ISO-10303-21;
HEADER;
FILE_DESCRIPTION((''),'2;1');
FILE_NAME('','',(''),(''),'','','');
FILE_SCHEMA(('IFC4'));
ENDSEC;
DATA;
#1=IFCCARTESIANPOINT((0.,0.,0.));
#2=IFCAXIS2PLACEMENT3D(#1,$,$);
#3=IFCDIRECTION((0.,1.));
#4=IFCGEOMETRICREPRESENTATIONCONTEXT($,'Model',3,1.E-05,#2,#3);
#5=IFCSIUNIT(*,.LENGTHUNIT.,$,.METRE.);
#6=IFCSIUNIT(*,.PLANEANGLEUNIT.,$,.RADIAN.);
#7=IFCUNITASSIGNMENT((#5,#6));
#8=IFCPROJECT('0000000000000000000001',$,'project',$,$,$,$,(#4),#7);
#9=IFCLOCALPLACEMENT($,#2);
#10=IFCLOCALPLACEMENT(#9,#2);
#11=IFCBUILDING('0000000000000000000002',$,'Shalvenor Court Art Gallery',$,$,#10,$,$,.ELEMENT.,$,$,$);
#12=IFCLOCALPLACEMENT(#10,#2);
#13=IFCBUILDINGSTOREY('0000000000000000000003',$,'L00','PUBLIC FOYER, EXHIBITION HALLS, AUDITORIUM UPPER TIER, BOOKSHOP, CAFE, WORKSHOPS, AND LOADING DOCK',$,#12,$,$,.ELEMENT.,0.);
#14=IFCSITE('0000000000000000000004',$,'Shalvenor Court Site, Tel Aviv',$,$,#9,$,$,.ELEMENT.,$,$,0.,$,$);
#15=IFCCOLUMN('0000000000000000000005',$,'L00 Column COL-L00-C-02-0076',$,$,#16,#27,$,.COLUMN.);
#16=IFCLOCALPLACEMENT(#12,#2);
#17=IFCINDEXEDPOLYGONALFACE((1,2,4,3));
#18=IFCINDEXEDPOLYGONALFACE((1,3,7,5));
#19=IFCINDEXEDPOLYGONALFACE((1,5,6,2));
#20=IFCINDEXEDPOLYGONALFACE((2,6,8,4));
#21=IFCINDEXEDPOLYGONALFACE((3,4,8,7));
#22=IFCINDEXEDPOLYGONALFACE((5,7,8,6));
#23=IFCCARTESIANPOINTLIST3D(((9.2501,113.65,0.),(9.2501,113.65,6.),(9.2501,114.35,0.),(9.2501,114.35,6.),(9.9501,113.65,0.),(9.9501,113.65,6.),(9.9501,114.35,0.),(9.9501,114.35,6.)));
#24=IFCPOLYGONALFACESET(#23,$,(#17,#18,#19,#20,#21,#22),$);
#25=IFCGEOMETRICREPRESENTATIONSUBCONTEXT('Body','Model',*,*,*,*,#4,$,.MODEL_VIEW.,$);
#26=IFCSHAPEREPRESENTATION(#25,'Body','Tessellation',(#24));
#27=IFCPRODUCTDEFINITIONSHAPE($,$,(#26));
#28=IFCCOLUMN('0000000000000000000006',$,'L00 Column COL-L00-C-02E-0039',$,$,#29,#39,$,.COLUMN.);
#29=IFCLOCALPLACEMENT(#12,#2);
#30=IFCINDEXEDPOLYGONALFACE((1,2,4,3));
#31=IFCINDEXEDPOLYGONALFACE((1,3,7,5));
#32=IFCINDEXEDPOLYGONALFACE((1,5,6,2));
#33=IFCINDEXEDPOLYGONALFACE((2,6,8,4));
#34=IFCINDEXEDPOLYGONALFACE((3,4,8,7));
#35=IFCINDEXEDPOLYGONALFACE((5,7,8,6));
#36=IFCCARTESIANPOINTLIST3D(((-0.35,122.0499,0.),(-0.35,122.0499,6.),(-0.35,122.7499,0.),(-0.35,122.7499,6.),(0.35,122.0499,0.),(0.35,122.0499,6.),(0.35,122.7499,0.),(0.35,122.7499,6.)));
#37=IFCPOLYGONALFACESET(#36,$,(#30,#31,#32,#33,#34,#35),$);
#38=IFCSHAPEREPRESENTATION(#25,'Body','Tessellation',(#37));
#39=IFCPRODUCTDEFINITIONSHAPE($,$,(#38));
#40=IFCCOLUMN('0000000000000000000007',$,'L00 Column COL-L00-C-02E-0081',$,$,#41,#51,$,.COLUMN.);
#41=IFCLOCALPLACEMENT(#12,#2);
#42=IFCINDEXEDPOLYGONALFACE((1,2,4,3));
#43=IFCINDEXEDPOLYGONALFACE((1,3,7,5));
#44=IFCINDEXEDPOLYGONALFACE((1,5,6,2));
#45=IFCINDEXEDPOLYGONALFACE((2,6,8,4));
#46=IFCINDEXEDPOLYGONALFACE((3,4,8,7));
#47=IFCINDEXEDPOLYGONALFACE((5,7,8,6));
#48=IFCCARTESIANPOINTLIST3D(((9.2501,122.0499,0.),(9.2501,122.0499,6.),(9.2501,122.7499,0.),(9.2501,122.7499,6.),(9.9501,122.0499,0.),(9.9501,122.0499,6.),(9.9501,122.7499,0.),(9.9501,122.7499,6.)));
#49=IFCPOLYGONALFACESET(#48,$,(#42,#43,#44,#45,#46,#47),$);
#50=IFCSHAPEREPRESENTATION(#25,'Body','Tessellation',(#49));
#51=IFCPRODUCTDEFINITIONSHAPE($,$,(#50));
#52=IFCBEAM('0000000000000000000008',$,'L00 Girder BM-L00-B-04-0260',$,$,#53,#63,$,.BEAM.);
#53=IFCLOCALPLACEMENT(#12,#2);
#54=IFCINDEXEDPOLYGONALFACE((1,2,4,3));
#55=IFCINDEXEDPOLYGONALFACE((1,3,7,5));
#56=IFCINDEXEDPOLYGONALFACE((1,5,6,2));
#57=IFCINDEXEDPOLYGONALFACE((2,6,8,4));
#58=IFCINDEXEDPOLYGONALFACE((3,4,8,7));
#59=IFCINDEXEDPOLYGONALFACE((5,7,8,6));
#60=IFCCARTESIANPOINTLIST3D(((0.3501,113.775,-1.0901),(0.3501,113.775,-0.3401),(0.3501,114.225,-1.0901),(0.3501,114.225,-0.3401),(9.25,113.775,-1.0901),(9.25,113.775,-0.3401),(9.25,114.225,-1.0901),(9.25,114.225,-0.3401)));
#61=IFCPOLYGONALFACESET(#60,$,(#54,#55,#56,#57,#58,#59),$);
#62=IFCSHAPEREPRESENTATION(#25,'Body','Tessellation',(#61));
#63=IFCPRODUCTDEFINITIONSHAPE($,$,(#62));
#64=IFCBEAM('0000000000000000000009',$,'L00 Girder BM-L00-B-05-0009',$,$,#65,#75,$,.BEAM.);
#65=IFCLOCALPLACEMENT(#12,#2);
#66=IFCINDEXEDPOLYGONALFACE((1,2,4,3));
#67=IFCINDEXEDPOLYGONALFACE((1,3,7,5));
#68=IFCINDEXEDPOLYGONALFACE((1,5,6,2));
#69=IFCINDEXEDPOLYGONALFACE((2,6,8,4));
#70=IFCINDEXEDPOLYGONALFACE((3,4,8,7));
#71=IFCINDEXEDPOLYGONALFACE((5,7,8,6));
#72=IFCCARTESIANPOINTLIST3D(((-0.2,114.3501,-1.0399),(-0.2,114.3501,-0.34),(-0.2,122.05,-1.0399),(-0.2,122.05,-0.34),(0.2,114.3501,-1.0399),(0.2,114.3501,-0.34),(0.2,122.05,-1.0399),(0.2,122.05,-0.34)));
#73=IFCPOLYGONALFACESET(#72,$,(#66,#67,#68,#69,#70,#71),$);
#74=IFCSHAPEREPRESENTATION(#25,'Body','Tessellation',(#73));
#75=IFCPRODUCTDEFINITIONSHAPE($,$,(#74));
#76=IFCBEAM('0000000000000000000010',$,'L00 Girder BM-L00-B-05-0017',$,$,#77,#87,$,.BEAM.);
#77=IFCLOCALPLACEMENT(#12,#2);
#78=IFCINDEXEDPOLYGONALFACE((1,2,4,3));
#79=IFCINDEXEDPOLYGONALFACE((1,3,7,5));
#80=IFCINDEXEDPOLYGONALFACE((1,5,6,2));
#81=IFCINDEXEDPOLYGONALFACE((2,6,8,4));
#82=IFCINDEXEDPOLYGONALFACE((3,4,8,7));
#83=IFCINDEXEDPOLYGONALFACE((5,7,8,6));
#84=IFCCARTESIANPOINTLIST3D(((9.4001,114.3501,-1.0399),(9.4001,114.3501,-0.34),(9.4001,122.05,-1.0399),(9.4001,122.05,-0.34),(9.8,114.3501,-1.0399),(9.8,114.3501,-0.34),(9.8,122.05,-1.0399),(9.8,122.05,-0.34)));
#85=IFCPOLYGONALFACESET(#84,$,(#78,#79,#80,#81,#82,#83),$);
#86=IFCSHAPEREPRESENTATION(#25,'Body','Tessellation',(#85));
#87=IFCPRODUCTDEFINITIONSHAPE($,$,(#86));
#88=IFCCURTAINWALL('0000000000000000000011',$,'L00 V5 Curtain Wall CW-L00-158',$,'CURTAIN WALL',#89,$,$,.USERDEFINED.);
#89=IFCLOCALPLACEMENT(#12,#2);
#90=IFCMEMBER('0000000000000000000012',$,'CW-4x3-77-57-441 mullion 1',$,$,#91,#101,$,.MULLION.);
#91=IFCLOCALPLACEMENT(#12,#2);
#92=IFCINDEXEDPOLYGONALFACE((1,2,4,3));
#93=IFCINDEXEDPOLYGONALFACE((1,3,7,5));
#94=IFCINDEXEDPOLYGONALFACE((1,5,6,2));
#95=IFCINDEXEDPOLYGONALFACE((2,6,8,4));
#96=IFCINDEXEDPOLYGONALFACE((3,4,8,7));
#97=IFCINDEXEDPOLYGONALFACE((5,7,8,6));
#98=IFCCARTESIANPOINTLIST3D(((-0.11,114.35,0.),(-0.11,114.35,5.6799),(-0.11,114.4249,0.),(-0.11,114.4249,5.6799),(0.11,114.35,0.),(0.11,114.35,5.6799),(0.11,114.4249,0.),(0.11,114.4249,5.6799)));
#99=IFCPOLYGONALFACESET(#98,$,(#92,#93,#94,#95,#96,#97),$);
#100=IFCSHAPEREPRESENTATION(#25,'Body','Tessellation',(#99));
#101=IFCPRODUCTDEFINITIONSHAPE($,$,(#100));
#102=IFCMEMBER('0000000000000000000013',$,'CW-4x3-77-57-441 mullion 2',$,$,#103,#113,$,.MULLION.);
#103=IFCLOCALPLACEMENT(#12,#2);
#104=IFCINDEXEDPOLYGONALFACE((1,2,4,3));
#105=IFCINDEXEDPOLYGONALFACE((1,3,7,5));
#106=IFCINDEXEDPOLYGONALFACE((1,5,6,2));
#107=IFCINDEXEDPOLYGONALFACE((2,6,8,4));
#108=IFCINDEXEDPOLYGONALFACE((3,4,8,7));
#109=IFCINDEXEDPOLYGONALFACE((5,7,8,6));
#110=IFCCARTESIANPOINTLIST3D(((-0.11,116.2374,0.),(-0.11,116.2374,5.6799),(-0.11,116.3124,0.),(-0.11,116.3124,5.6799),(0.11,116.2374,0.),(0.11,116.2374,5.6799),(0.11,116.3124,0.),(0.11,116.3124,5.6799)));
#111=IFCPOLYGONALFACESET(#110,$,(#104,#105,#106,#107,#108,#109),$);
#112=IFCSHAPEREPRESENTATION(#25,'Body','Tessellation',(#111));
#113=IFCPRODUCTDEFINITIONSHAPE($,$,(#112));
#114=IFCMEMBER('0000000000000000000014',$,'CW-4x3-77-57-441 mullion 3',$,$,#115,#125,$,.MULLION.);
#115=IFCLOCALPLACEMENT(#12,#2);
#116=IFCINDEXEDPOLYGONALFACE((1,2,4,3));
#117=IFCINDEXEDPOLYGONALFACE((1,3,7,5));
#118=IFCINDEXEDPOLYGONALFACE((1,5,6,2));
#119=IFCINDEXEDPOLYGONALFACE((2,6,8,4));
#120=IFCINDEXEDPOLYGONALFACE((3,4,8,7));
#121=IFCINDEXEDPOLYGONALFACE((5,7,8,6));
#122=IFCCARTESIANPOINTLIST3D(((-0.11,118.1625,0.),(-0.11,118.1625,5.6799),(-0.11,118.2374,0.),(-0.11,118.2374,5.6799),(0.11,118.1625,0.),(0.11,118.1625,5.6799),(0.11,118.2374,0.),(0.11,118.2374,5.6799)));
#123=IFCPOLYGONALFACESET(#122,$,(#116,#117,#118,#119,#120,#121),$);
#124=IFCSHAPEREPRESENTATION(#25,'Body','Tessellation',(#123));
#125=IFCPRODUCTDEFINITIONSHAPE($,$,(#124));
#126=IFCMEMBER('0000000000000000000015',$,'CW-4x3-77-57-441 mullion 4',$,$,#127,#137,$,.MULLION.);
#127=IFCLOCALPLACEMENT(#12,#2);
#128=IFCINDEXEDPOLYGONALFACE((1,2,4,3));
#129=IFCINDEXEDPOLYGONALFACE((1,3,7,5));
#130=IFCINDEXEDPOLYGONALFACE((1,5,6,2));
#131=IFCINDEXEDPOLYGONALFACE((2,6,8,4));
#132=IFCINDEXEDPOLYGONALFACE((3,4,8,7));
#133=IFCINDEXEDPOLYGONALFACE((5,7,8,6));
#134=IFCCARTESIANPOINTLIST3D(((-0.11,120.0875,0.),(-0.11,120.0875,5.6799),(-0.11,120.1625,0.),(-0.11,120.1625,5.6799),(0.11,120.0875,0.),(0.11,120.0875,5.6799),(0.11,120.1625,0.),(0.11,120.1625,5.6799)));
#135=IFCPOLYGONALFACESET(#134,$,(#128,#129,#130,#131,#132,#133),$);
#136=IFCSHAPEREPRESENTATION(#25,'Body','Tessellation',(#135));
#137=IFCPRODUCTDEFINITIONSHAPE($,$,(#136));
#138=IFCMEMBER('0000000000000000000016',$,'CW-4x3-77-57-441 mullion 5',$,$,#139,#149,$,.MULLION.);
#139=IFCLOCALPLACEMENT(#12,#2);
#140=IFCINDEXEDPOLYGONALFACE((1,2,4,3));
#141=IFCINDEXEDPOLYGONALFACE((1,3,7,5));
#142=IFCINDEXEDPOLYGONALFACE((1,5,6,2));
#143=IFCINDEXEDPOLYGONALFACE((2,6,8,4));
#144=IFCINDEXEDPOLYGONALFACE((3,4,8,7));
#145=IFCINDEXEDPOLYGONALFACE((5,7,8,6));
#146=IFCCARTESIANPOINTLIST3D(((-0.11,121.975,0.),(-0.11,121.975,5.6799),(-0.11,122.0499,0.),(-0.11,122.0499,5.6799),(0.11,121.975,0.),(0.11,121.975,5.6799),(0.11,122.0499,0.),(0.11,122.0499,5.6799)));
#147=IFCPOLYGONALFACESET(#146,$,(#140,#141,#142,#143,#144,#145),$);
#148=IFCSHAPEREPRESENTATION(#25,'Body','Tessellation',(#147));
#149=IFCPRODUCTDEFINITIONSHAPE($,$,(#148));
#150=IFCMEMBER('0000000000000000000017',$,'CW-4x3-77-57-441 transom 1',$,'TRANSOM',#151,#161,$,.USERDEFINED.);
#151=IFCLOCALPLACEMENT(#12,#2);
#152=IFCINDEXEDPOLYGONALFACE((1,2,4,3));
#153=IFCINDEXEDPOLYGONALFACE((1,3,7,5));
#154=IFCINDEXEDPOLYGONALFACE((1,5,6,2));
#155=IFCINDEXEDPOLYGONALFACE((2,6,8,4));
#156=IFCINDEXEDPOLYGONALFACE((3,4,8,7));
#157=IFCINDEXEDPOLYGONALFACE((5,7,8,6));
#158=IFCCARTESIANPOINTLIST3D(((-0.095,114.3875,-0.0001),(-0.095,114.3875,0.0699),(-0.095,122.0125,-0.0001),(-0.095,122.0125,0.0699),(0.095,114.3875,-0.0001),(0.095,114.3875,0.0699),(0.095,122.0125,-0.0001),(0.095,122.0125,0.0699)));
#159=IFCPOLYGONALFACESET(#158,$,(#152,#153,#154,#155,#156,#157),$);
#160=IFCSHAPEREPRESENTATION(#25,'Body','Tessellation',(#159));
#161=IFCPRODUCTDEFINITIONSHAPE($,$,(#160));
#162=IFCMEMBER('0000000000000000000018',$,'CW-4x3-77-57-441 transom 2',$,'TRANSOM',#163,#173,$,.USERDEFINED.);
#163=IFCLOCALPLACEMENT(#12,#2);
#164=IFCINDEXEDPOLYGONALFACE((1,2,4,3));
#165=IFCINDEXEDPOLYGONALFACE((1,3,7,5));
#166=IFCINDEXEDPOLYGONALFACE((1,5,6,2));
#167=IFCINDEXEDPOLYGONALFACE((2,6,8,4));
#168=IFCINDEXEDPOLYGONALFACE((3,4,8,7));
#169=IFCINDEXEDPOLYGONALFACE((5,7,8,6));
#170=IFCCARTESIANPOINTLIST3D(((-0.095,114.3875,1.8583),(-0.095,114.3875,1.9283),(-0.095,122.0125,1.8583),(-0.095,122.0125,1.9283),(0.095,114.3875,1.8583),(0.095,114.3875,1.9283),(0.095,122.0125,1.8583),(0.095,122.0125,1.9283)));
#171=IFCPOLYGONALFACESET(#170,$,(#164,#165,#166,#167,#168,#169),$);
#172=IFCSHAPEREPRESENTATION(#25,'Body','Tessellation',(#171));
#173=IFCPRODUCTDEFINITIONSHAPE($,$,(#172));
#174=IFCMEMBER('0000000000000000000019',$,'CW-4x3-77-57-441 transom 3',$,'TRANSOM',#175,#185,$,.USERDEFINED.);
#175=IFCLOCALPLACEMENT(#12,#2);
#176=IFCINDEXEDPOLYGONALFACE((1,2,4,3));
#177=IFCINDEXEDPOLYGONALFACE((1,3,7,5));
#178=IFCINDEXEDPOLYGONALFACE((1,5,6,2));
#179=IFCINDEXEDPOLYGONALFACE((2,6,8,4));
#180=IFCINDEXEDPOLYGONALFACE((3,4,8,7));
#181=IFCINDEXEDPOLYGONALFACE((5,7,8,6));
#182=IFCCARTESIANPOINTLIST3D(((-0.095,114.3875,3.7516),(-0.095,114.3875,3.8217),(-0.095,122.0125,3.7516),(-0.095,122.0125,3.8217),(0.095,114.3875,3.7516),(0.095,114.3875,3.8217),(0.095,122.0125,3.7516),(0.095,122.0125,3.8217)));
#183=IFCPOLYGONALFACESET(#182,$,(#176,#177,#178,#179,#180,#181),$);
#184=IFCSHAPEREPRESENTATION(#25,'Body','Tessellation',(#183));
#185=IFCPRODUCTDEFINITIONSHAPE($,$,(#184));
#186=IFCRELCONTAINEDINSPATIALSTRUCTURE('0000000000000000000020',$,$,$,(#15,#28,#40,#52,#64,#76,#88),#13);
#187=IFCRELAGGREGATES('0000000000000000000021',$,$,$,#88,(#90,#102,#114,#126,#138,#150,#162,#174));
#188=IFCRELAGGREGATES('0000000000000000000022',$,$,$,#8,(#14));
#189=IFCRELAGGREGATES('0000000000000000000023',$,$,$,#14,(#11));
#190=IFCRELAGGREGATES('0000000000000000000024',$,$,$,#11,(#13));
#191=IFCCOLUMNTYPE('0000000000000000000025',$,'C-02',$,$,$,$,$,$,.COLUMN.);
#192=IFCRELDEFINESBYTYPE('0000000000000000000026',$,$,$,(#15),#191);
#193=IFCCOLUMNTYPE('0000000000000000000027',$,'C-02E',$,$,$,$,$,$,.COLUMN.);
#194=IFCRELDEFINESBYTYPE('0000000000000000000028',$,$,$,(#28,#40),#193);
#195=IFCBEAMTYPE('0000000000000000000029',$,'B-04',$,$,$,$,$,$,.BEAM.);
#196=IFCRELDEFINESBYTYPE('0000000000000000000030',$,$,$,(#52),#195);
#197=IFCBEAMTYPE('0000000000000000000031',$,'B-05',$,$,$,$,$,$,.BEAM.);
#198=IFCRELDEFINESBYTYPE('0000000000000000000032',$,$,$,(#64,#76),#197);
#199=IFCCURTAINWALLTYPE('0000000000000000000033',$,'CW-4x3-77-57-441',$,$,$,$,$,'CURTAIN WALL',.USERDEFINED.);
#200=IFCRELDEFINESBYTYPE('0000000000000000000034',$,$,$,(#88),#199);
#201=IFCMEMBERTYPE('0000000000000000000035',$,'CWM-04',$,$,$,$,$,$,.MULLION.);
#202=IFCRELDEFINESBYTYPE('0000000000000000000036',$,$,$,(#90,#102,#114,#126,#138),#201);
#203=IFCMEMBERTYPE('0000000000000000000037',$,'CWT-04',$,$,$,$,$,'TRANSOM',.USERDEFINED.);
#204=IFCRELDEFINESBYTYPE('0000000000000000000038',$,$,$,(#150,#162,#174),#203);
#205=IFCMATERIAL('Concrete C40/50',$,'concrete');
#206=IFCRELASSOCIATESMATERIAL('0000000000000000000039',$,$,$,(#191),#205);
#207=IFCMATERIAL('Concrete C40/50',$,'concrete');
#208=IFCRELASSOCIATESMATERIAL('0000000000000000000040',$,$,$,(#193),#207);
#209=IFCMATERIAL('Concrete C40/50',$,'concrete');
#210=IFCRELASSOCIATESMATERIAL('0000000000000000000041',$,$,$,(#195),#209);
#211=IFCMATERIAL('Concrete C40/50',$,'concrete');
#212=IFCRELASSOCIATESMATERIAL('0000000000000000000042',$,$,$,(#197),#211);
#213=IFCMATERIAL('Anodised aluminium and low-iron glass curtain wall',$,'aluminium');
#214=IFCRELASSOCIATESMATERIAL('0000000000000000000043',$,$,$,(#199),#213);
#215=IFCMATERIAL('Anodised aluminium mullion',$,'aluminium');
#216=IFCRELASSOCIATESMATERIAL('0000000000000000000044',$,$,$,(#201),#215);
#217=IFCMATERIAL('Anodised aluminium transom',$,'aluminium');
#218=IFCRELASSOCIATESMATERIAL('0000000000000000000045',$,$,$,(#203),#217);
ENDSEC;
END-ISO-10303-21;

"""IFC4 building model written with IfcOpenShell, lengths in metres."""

from ifc_helpers import new_model, si_unit, direction, frame, origin, origin_2d, place, context, subcontext, project, spatial, rectangle, extrude, material, material_profile, profile_set, type_object, element, aggregate, save


model = new_model("IFC4")

# Units and contexts
model_context = context("Model", 3, precision=1e-05, world=origin(), true_north=direction((0.0, 1.0)))
body_context = subcontext(model_context, "Body", "Model", "MODEL_VIEW")
ifc_project = project(units=[si_unit("LENGTHUNIT", "METRE"), si_unit("PLANEANGLEUNIT", "RADIAN")], contexts=[model_context])

# Site, building, storey
site_placement = place(None, origin())
site = spatial("IfcSite", under=ifc_project, at=site_placement, Name="Shalvenor Court Site, Tel Aviv", CompositionType="ELEMENT", RefElevation=0.0)
building_placement = place(site_placement, origin())
building = spatial("IfcBuilding", under=site, at=building_placement, Name="Shalvenor Court Art Gallery", CompositionType="ELEMENT")
storey_placement = place(building_placement, origin())
storey = spatial("IfcBuildingStorey", under=building, at=storey_placement, Name="L00", Description="PUBLIC FOYER, EXHIBITION HALLS, AUDITORIUM UPPER TIER, BOOKSHOP, CAFE, WORKSHOPS, AND LOADING DOCK", CompositionType="ELEMENT", Elevation=0.0)

# Columns
ifc_material_1 = material(Name="Concrete C40/50", Category="concrete")
ifc_material_profile_1 = material_profile(ifc_material_1, rectangle(XDim=0.7, YDim=0.7, at=origin_2d()), Name="RC 700x700")
ifc_profile_set_1 = profile_set([ifc_material_profile_1], Name="Concrete C40/50")
column_type_1 = type_object("IfcColumnType", Name="C-02", PredefinedType="COLUMN", material=ifc_profile_set_1)
column_placement = place(storey_placement, frame((9.6001, 114.0, 0.0), z_axis=(0.0, 0.0, 1.0), x_axis=(1.0, 0.0, 0.0)))
element("IfcColumn", 1, at=column_placement, inside=storey, type_object=column_type_1, Name="L00 Column COL-L00-C-02-0076", PredefinedType="COLUMN", context=body_context, shape_type="SweptSolid", body=[
    extrude(rectangle(XDim=0.7, YDim=0.7, at=origin_2d()), origin(), (0.0, 0.0, 1.0), 6.0),
])
ifc_material_2 = material(Name="Concrete C40/50", Category="concrete")
ifc_material_profile_2 = material_profile(ifc_material_2, rectangle(XDim=0.7, YDim=0.7, at=origin_2d()), Name="RC 700x700")
ifc_profile_set_2 = profile_set([ifc_material_profile_2], Name="Concrete C40/50")
column_type_2 = type_object("IfcColumnType", Name="C-02E", PredefinedType="COLUMN", material=ifc_profile_set_2)
for number, where, z_axis, x_axis, name in (
    (2, (0.0, 122.3999, 0.0), (0.0, 0.0, 1.0), (1.0, 0.0, 0.0), "L00 Column COL-L00-C-02E-0039"),
    (3, (9.6001, 122.3999, 0.0), (0.0, 0.0, 1.0), (1.0, 0.0, 0.0), "L00 Column COL-L00-C-02E-0081"),
):
    element("IfcColumn", number, at=place(storey_placement, frame(where, z_axis=z_axis, x_axis=x_axis)), inside=storey, type_object=column_type_2, Name=name, PredefinedType="COLUMN", context=body_context, shape_type="SweptSolid", body=[
        extrude(rectangle(XDim=0.7, YDim=0.7, at=origin_2d()), origin(), (0.0, 0.0, 1.0), 6.0),
    ])

# Beams
ifc_material_3 = material(Name="Concrete C40/50", Category="concrete")
ifc_material_profile_3 = material_profile(ifc_material_3, rectangle(XDim=0.45, YDim=0.75, at=origin_2d()), Name="RC 450x750")
ifc_profile_set_3 = profile_set([ifc_material_profile_3], Name="Concrete C40/50")
beam_type_1 = type_object("IfcBeamType", Name="B-04", PredefinedType="BEAM", material=ifc_profile_set_3)
beam_1_placement = place(storey_placement, frame((0.3501, 114.0, -0.7151), z_axis=(1.0, 0.0, 0.0), x_axis=(0.0, 1.0, 0.0)))
element("IfcBeam", 4, at=beam_1_placement, inside=storey, type_object=beam_type_1, Name="L00 Girder BM-L00-B-04-0260", PredefinedType="BEAM", context=body_context, shape_type="SweptSolid", body=[
    extrude(rectangle(XDim=0.45, YDim=0.75, at=origin_2d()), origin(), (0.0, 0.0, 1.0), 8.8999),
])
ifc_material_4 = material(Name="Concrete C40/50", Category="concrete")
ifc_material_profile_4 = material_profile(ifc_material_4, rectangle(XDim=0.3999, YDim=0.7, at=origin_2d()), Name="RC 400x700")
ifc_profile_set_4 = profile_set([ifc_material_profile_4], Name="Concrete C40/50")
beam_type_2 = type_object("IfcBeamType", Name="B-05", PredefinedType="BEAM", material=ifc_profile_set_4)
for number, where, z_axis, x_axis, name in (
    (5, (0.0, 114.3501, -0.6899), (0.0, 1.0, 0.0), (-1.0, 0.0, 0.0), "L00 Girder BM-L00-B-05-0009"),
    (6, (9.6001, 114.3501, -0.6899), (0.0, 1.0, 0.0), (-1.0, 0.0, 0.0), "L00 Girder BM-L00-B-05-0017"),
):
    element("IfcBeam", number, at=place(storey_placement, frame(where, z_axis=z_axis, x_axis=x_axis)), inside=storey, type_object=beam_type_2, Name=name, PredefinedType="BEAM", context=body_context, shape_type="SweptSolid", body=[
        extrude(rectangle(XDim=0.3999, YDim=0.7, at=origin_2d()), origin(), (0.0, 0.0, 1.0), 7.7),
    ])

# Curtain wall, members
ifc_material_5 = material(Name="Anodised aluminium and low-iron glass curtain wall", Category="aluminium")
curtain_wall_type = type_object("IfcCurtainWallType", Name="CW-4x3-77-57-441", ElementType="CURTAIN WALL", PredefinedType="USERDEFINED", material=ifc_material_5)
curtain_wall_placement = place(storey_placement, origin())
curtain_wall = element("IfcCurtainWall", 7, at=curtain_wall_placement, inside=storey, type_object=curtain_wall_type, Name="L00 V5 Curtain Wall CW-L00-158", ObjectType="CURTAIN WALL", PredefinedType="USERDEFINED")
ifc_material_6 = material(Name="Anodised aluminium mullion", Category="aluminium")
ifc_material_profile_5 = material_profile(ifc_material_6, rectangle(XDim=0.075, YDim=0.22, at=origin_2d()), Name="CWM-04")
ifc_profile_set_5 = profile_set([ifc_material_profile_5], Name="Anodised aluminium mullion")
member_type_1 = type_object("IfcMemberType", Name="CWM-04", PredefinedType="MULLION", material=ifc_profile_set_5)
member_1_placement = place(storey_placement, frame((0.0, 114.3875, 0.0), z_axis=(0.0, 0.0, 1.0), x_axis=(0.0, 1.0, 0.0)))
member_1 = element("IfcMember", 8, at=member_1_placement, type_object=member_type_1, Name="CW-4x3-77-57-441 mullion 1", PredefinedType="MULLION", context=body_context, shape_type="SweptSolid", body=[
    extrude(rectangle(XDim=0.075, YDim=0.22, at=origin_2d()), origin(), (0.0, 0.0, 1.0), 5.6799),
])
member_2_placement = place(storey_placement, frame((0.0, 116.2749, 0.0), z_axis=(0.0, 0.0, 1.0), x_axis=(0.0, 1.0, 0.0)))
member_2 = element("IfcMember", 9, at=member_2_placement, type_object=member_type_1, Name="CW-4x3-77-57-441 mullion 2", PredefinedType="MULLION", context=body_context, shape_type="SweptSolid", body=[
    extrude(rectangle(XDim=0.075, YDim=0.22, at=origin_2d()), origin(), (0.0, 0.0, 1.0), 5.6799),
])
member_3_placement = place(storey_placement, frame((0.0, 118.2, 0.0), z_axis=(0.0, 0.0, 1.0), x_axis=(0.0, 1.0, 0.0)))
member_3 = element("IfcMember", 10, at=member_3_placement, type_object=member_type_1, Name="CW-4x3-77-57-441 mullion 3", PredefinedType="MULLION", context=body_context, shape_type="SweptSolid", body=[
    extrude(rectangle(XDim=0.075, YDim=0.22, at=origin_2d()), origin(), (0.0, 0.0, 1.0), 5.6799),
])
member_4_placement = place(storey_placement, frame((0.0, 120.125, 0.0), z_axis=(0.0, 0.0, 1.0), x_axis=(0.0, 1.0, 0.0)))
member_4 = element("IfcMember", 11, at=member_4_placement, type_object=member_type_1, Name="CW-4x3-77-57-441 mullion 4", PredefinedType="MULLION", context=body_context, shape_type="SweptSolid", body=[
    extrude(rectangle(XDim=0.075, YDim=0.22, at=origin_2d()), origin(), (0.0, 0.0, 1.0), 5.6799),
])
member_5_placement = place(storey_placement, frame((0.0, 122.0125, 0.0), z_axis=(0.0, 0.0, 1.0), x_axis=(0.0, 1.0, 0.0)))
member_5 = element("IfcMember", 12, at=member_5_placement, type_object=member_type_1, Name="CW-4x3-77-57-441 mullion 5", PredefinedType="MULLION", context=body_context, shape_type="SweptSolid", body=[
    extrude(rectangle(XDim=0.075, YDim=0.22, at=origin_2d()), origin(), (0.0, 0.0, 1.0), 5.6799),
])
ifc_material_7 = material(Name="Anodised aluminium transom", Category="aluminium")
ifc_material_profile_6 = material_profile(ifc_material_7, rectangle(XDim=0.1899, YDim=0.0701, at=origin_2d()), Name="CWT-04")
ifc_profile_set_6 = profile_set([ifc_material_profile_6], Name="Anodised aluminium transom")
member_type_2 = type_object("IfcMemberType", Name="CWT-04", ElementType="TRANSOM", PredefinedType="USERDEFINED", material=ifc_profile_set_6)
member_6_placement = place(storey_placement, frame((0.0, 114.3875, 0.0349), z_axis=(0.0, 1.0, 0.0), x_axis=(-1.0, 0.0, 0.0)))
member_6 = element("IfcMember", 13, at=member_6_placement, type_object=member_type_2, Name="CW-4x3-77-57-441 transom 1", ObjectType="TRANSOM", PredefinedType="USERDEFINED", context=body_context, shape_type="SweptSolid", body=[
    extrude(rectangle(XDim=0.1899, YDim=0.0701, at=origin_2d()), origin(), (0.0, 0.0, 1.0), 7.625),
])
member_7_placement = place(storey_placement, frame((0.0, 114.3875, 1.8933), z_axis=(0.0, 1.0, 0.0), x_axis=(-1.0, 0.0, 0.0)))
member_7 = element("IfcMember", 14, at=member_7_placement, type_object=member_type_2, Name="CW-4x3-77-57-441 transom 2", ObjectType="TRANSOM", PredefinedType="USERDEFINED", context=body_context, shape_type="SweptSolid", body=[
    extrude(rectangle(XDim=0.1899, YDim=0.0701, at=origin_2d()), origin(), (0.0, 0.0, 1.0), 7.625),
])
member_8_placement = place(storey_placement, frame((0.0, 114.3875, 3.7866), z_axis=(0.0, 1.0, 0.0), x_axis=(-1.0, 0.0, 0.0)))
member_8 = element("IfcMember", 15, at=member_8_placement, type_object=member_type_2, Name="CW-4x3-77-57-441 transom 3", ObjectType="TRANSOM", PredefinedType="USERDEFINED", context=body_context, shape_type="SweptSolid", body=[
    extrude(rectangle(XDim=0.1899, YDim=0.0701, at=origin_2d()), origin(), (0.0, 0.0, 1.0), 7.625),
])

aggregate(curtain_wall, [member_1, member_2, member_3, member_4, member_5, member_6, member_7, member_8])

save(model, "model.ifc")
